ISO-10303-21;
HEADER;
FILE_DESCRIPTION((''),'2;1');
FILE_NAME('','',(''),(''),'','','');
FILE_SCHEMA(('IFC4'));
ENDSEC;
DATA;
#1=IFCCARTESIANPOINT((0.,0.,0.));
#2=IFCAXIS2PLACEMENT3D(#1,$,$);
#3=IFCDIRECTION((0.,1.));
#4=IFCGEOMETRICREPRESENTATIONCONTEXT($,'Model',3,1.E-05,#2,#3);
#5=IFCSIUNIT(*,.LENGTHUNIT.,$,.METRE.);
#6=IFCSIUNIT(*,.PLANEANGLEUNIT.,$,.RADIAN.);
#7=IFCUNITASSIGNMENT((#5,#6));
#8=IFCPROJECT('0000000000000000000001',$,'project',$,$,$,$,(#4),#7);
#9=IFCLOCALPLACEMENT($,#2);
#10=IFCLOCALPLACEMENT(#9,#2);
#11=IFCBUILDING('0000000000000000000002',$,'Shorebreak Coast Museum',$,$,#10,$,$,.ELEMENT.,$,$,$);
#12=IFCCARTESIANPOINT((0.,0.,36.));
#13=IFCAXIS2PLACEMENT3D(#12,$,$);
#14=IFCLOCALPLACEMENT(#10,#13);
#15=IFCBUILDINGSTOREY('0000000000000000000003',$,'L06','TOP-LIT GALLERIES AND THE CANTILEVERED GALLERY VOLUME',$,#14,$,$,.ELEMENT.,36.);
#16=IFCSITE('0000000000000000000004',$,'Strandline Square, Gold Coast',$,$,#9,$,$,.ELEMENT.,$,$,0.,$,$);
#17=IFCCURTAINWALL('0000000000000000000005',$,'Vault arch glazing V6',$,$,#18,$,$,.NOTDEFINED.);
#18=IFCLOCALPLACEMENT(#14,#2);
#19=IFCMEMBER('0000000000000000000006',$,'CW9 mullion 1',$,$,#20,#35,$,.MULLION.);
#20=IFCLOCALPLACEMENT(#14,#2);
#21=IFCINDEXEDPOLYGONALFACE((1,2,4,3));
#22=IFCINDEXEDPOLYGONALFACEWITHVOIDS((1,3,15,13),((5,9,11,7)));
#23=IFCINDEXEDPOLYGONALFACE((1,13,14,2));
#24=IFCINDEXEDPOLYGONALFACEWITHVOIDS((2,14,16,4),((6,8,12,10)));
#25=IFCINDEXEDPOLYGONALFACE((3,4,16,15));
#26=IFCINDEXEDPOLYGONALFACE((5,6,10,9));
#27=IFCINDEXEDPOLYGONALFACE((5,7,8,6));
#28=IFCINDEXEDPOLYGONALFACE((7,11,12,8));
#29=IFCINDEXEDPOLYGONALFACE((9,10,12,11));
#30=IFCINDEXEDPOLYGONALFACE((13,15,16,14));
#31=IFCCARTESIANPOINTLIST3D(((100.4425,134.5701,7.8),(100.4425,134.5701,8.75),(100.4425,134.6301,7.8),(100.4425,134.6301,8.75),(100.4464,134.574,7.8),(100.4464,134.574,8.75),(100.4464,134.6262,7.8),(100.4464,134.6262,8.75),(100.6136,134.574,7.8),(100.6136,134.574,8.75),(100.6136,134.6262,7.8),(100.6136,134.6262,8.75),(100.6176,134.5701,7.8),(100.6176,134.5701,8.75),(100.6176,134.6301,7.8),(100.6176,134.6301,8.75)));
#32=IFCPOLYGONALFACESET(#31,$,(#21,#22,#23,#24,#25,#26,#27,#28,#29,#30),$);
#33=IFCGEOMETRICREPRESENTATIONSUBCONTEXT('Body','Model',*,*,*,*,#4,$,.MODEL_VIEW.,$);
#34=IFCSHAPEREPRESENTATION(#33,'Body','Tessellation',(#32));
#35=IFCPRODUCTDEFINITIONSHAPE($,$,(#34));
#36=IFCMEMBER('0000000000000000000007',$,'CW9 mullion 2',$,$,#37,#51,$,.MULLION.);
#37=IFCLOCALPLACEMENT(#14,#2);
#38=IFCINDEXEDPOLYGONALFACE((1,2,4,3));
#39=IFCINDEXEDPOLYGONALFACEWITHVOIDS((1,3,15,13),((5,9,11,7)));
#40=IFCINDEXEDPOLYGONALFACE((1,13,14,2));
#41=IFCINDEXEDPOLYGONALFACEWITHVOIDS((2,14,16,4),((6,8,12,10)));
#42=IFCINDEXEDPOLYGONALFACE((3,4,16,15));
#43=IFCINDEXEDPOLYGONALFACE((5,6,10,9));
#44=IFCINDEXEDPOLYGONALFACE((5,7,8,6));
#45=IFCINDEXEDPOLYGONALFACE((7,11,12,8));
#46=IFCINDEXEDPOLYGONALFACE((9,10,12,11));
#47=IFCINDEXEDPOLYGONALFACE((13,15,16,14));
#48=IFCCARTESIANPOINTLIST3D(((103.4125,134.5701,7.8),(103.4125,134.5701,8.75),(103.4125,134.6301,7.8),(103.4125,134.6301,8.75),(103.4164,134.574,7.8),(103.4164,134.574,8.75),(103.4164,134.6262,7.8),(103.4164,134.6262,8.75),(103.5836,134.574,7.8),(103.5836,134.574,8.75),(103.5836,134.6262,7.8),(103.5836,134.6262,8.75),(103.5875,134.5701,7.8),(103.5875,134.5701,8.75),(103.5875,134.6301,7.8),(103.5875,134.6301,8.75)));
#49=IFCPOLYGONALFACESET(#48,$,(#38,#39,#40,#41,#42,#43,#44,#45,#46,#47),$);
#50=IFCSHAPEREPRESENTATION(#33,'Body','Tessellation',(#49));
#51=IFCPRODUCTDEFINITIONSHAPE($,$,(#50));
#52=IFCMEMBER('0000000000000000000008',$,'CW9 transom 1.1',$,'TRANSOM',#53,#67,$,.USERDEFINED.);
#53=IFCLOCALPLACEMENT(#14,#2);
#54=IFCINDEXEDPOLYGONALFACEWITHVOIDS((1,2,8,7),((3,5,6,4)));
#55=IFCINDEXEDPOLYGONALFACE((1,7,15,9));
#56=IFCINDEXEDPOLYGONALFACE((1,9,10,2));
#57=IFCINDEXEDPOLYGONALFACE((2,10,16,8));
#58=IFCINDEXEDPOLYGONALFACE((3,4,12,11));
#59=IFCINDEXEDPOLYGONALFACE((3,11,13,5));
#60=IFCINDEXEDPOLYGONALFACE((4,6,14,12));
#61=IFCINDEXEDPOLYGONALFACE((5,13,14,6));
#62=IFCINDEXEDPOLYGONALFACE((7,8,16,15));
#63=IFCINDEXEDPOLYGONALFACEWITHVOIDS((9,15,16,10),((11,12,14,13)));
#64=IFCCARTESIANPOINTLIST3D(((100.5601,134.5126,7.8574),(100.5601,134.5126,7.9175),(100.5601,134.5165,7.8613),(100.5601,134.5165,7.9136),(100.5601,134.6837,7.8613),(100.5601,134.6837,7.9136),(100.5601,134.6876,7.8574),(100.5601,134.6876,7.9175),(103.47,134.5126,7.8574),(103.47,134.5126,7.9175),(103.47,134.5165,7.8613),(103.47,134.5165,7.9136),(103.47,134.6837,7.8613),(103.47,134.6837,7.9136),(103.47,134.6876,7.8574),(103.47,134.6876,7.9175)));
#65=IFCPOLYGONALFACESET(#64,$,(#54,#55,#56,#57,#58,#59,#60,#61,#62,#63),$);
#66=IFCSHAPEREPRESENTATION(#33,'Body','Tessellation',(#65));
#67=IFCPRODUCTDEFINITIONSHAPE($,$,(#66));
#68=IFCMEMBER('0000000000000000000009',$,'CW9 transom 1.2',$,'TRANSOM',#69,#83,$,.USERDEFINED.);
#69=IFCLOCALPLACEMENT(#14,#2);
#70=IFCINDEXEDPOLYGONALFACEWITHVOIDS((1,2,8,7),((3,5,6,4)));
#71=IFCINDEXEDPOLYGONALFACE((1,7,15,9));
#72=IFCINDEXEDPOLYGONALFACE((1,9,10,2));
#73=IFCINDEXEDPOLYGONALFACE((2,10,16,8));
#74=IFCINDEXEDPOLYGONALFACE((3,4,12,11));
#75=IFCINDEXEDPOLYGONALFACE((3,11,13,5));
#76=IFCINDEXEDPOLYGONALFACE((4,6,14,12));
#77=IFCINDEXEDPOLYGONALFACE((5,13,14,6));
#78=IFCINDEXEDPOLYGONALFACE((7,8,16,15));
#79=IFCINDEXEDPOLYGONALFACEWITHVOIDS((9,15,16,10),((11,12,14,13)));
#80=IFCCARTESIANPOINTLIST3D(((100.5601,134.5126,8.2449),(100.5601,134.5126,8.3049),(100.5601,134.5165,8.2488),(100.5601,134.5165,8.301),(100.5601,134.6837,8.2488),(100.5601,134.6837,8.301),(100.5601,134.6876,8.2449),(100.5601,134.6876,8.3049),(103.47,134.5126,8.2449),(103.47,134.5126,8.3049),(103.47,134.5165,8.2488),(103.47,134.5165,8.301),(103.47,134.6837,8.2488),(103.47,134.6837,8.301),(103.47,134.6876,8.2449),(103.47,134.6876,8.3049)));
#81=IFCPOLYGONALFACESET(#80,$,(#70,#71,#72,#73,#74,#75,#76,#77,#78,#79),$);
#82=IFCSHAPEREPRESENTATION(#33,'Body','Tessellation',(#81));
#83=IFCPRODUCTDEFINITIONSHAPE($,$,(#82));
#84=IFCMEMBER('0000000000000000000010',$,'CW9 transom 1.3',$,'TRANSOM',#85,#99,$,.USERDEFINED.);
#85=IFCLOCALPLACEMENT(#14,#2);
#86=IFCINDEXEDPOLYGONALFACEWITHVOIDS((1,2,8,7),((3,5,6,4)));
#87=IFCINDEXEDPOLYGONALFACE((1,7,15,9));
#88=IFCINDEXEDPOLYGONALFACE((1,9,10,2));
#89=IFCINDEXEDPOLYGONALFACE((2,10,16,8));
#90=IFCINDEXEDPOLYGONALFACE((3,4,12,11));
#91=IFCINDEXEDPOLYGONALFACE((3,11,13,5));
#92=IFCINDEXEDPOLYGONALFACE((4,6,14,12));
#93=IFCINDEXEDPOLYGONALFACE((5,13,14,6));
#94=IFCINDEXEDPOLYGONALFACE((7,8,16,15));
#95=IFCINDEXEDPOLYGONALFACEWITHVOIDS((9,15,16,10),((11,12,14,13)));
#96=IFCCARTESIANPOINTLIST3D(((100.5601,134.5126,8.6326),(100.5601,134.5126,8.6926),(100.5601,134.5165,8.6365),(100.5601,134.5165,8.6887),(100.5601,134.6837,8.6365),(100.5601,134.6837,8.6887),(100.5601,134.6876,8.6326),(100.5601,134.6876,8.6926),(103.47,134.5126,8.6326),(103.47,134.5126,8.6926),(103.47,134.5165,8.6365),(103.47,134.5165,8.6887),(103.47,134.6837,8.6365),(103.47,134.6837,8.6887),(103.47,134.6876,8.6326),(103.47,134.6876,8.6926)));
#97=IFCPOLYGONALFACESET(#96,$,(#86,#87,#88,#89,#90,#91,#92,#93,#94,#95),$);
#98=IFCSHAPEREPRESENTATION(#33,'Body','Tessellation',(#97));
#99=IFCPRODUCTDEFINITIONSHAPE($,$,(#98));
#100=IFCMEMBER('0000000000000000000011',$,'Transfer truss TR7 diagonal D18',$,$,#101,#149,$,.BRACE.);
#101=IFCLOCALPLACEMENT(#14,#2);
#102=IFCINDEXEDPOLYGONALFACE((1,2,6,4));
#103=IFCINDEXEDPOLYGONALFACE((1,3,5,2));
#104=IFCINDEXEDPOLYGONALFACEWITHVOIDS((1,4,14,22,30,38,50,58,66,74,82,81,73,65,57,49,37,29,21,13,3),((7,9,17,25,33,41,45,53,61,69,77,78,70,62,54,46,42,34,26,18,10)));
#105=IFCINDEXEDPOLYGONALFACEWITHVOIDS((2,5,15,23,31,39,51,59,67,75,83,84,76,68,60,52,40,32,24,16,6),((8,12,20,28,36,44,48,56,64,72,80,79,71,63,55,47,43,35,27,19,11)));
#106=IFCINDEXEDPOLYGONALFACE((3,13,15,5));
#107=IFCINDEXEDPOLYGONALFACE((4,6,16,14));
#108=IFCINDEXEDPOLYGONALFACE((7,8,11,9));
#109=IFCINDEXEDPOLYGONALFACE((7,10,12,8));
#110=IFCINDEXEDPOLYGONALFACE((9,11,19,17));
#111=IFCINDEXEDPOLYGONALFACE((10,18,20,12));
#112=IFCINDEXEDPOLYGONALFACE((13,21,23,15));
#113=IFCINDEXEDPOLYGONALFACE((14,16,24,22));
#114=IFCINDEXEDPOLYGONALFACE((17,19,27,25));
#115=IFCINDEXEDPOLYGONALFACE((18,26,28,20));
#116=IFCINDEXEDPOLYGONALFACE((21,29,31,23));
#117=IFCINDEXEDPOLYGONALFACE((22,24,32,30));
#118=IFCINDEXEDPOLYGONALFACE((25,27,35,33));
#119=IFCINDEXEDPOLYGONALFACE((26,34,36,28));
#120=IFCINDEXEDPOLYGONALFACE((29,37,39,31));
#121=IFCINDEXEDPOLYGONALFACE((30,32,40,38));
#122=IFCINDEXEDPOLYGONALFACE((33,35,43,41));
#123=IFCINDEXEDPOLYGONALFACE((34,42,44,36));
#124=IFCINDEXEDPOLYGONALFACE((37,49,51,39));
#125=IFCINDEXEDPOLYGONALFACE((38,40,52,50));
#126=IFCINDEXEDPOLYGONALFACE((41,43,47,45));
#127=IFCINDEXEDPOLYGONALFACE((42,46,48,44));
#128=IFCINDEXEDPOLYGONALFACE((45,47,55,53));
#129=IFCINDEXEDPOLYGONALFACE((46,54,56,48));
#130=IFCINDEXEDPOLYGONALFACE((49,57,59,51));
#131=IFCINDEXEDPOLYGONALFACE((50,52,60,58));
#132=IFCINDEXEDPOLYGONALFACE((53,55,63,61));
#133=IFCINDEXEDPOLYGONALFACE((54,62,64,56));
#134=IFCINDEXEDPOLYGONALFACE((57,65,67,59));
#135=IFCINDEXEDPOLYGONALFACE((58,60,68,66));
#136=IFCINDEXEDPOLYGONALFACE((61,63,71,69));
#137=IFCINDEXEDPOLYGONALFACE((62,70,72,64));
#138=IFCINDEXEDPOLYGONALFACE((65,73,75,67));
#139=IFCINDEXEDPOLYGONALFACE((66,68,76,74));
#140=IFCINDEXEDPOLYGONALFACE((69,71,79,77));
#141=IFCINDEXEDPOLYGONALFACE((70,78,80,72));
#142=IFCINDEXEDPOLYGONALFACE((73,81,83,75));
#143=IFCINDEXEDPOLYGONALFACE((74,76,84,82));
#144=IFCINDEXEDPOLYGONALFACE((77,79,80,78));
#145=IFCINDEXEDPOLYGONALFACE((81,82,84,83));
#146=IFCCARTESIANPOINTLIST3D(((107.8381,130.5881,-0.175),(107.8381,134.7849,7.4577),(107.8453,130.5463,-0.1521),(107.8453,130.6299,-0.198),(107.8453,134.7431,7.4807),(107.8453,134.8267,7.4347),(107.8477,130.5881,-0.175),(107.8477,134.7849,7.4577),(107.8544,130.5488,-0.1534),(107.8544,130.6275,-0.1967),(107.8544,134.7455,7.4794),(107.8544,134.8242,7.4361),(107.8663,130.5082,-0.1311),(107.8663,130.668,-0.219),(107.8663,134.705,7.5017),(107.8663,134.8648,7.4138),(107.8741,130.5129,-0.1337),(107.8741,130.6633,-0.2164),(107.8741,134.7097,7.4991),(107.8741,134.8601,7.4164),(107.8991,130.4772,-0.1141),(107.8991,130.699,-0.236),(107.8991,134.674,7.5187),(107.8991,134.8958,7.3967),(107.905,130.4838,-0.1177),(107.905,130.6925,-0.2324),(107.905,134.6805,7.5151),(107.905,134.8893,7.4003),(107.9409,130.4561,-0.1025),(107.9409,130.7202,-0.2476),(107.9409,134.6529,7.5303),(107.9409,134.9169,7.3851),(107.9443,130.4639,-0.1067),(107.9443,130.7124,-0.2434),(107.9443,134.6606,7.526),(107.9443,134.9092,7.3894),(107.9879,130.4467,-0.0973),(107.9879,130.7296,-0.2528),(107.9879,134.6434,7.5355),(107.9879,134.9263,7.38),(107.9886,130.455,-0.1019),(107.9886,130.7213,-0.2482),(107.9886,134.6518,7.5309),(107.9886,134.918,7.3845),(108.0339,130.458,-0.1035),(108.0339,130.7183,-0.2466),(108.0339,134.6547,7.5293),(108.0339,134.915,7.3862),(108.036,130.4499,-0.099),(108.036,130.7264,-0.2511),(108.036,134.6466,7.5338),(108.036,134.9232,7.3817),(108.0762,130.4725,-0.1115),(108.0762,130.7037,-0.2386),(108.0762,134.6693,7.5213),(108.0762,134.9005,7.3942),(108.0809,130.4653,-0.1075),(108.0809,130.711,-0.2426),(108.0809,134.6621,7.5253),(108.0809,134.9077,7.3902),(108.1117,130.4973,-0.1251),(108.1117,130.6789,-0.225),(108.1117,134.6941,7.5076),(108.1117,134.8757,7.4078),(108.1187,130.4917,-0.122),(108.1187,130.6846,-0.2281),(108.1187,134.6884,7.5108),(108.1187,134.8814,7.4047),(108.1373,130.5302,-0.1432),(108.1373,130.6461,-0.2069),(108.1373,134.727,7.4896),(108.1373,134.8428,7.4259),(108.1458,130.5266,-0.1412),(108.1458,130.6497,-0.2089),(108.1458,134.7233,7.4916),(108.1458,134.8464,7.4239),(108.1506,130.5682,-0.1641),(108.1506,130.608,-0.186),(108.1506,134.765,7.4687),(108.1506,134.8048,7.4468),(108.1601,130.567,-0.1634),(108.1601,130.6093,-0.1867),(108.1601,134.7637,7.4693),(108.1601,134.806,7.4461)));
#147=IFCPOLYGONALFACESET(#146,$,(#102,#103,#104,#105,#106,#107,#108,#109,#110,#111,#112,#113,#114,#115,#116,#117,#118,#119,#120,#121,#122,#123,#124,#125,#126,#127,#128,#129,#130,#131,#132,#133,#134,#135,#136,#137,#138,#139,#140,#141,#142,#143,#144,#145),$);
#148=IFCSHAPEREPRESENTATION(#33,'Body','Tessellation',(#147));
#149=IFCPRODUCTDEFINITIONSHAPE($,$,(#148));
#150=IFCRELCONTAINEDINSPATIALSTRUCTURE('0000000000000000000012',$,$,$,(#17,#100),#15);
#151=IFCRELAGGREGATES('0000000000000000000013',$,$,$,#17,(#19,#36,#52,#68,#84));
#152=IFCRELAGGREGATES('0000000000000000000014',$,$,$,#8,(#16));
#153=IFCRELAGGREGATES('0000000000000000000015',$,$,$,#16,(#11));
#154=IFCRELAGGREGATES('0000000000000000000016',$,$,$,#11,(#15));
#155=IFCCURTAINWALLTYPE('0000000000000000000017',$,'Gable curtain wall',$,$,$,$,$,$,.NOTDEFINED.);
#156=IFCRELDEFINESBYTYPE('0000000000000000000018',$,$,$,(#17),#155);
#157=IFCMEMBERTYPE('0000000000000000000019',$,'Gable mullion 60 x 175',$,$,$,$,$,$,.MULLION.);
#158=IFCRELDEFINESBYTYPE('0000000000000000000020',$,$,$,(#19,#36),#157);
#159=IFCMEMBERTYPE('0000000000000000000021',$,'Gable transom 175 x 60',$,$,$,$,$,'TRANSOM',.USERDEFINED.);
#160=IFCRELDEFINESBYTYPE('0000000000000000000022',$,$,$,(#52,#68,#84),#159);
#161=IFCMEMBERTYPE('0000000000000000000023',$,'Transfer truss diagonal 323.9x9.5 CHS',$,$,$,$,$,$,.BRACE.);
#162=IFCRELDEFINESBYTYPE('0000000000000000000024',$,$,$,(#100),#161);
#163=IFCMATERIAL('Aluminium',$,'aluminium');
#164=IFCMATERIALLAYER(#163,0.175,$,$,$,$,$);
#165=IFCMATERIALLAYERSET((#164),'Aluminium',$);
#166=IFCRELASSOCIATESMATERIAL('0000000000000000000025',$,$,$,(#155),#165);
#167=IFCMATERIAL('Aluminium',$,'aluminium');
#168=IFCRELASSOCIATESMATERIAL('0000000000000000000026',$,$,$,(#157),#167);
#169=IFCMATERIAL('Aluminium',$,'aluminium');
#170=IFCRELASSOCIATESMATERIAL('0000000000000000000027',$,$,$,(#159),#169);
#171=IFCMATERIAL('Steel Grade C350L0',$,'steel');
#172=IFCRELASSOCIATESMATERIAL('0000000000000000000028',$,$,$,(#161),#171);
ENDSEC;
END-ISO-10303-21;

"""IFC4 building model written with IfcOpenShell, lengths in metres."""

from ifc_helpers import new_model, si_unit, direction, frame, origin, origin_2d, place, context, subcontext, project, spatial, hollow_rectangle, hollow_circle, extrude, material, layer, layer_set, material_profile, profile_set, type_object, element, aggregate, save


model = new_model("IFC4")

# Units and contexts
model_context = context("Model", 3, precision=1e-05, world=origin(), true_north=direction((0.0, 1.0)))
body_context = subcontext(model_context, "Body", "Model", "MODEL_VIEW")
ifc_project = project(units=[si_unit("LENGTHUNIT", "METRE"), si_unit("PLANEANGLEUNIT", "RADIAN")], contexts=[model_context])

# Site, building, storey
site_placement = place(None, origin())
site = spatial("IfcSite", under=ifc_project, at=site_placement, Name="Strandline Square, Gold Coast", CompositionType="ELEMENT", RefElevation=0.0)
building_placement = place(site_placement, origin())
building = spatial("IfcBuilding", under=site, at=building_placement, Name="Shorebreak Coast Museum", CompositionType="ELEMENT")
storey_placement = place(building_placement, frame((0.0, 0.0, 36.0)))
storey = spatial("IfcBuildingStorey", under=building, at=storey_placement, Name="L06", Description="TOP-LIT GALLERIES AND THE CANTILEVERED GALLERY VOLUME", CompositionType="ELEMENT", Elevation=36.0)

# Curtain wall, members
ifc_material_1 = material(Name="Aluminium", Category="aluminium")
ifc_layer_1 = layer(ifc_material_1, 0.175)
ifc_layer_set_1 = layer_set([ifc_layer_1], Name="Aluminium")
curtain_wall_type_1 = type_object("IfcCurtainWallType", Name="Gable curtain wall", PredefinedType="NOTDEFINED", material=ifc_layer_set_1)
curtain_wall_1_placement = place(storey_placement, origin())
curtain_wall_1 = element("IfcCurtainWall", 1, at=curtain_wall_1_placement, inside=storey, type_object=curtain_wall_type_1, Name="Vault arch glazing V6", PredefinedType="NOTDEFINED")
ifc_material_2 = material(Name="Aluminium", Category="aluminium")
ifc_material_profile_1 = material_profile(ifc_material_2, hollow_rectangle(XDim=0.0601, YDim=0.175, WallThickness=0.0039, at=origin_2d()), Name="AL 175x60 RHS")
ifc_profile_set_1 = profile_set([ifc_material_profile_1], Name="Aluminium")
member_type_1 = type_object("IfcMemberType", Name="Gable mullion 60 x 175", PredefinedType="MULLION", material=ifc_profile_set_1)
member_1_placement = place(storey_placement, frame((100.53, 134.6001, 7.8), z_axis=(0.0, 0.0, 1.0), x_axis=(0.0, 1.0, 0.0)))
member_1 = element("IfcMember", 2, at=member_1_placement, type_object=member_type_1, Name="CW9 mullion 1", PredefinedType="MULLION", context=body_context, shape_type="SweptSolid", body=[
    extrude(hollow_rectangle(XDim=0.0601, YDim=0.175, WallThickness=0.0039, at=origin_2d()), origin(), (0.0, 0.0, 1.0), 0.95),
])
member_2_placement = place(storey_placement, frame((103.5, 134.6001, 7.8), z_axis=(0.0, 0.0, 1.0), x_axis=(0.0, 1.0, 0.0)))
member_2 = element("IfcMember", 3, at=member_2_placement, type_object=member_type_1, Name="CW9 mullion 2", PredefinedType="MULLION", context=body_context, shape_type="SweptSolid", body=[
    extrude(hollow_rectangle(XDim=0.0601, YDim=0.175, WallThickness=0.0039, at=origin_2d()), origin(), (0.0, 0.0, 1.0), 0.95),
])
ifc_material_3 = material(Name="Aluminium", Category="aluminium")
ifc_material_profile_2 = material_profile(ifc_material_3, hollow_rectangle(XDim=0.175, YDim=0.0601, WallThickness=0.0039, at=origin_2d()), Name="AL 60x175 RHS")
ifc_profile_set_2 = profile_set([ifc_material_profile_2], Name="Aluminium")
member_type_2 = type_object("IfcMemberType", Name="Gable transom 175 x 60", ElementType="TRANSOM", PredefinedType="USERDEFINED", material=ifc_profile_set_2)
member_3_placement = place(storey_placement, frame((100.5601, 134.6001, 7.8875), z_axis=(1.0, 0.0, 0.0), x_axis=(0.0, 1.0, 0.0)))
member_3 = element("IfcMember", 4, at=member_3_placement, type_object=member_type_2, Name="CW9 transom 1.1", ObjectType="TRANSOM", PredefinedType="USERDEFINED", context=body_context, shape_type="SweptSolid", body=[
    extrude(hollow_rectangle(XDim=0.175, YDim=0.0601, WallThickness=0.0039, at=origin_2d()), origin(), (0.0, 0.0, 1.0), 2.9099),
])
member_4_placement = place(storey_placement, frame((100.5601, 134.6001, 8.2749), z_axis=(1.0, 0.0, 0.0), x_axis=(0.0, 1.0, 0.0)))
member_4 = element("IfcMember", 5, at=member_4_placement, type_object=member_type_2, Name="CW9 transom 1.2", ObjectType="TRANSOM", PredefinedType="USERDEFINED", context=body_context, shape_type="SweptSolid", body=[
    extrude(hollow_rectangle(XDim=0.175, YDim=0.0601, WallThickness=0.0039, at=origin_2d()), origin(), (0.0, 0.0, 1.0), 2.9099),
])
member_5_placement = place(storey_placement, frame((100.5601, 134.6001, 8.6626), z_axis=(1.0, 0.0, 0.0), x_axis=(0.0, 1.0, 0.0)))
member_5 = element("IfcMember", 6, at=member_5_placement, type_object=member_type_2, Name="CW9 transom 1.3", ObjectType="TRANSOM", PredefinedType="USERDEFINED", context=body_context, shape_type="SweptSolid", body=[
    extrude(hollow_rectangle(XDim=0.175, YDim=0.0601, WallThickness=0.0039, at=origin_2d()), origin(), (0.0, 0.0, 1.0), 2.9099),
])

# Member
ifc_material_4 = material(Name="Steel Grade C350L0", Category="steel")
ifc_material_profile_3 = material_profile(ifc_material_4, hollow_circle(Radius=0.1619, WallThickness=0.0095, at=origin_2d()), Name="323.9x9.5 CHS")
ifc_profile_set_3 = profile_set([ifc_material_profile_3], Name="Steel Grade C350L0")
member_type_3 = type_object("IfcMemberType", Name="Transfer truss diagonal 323.9x9.5 CHS", PredefinedType="BRACE", material=ifc_profile_set_3)
member_6_placement = place(storey_placement, frame((108.0, 130.5881, -0.175), z_axis=(0.0, 0.481807, 0.876277), x_axis=(-1.0, 0.0, 0.0)))
element("IfcMember", 7, at=member_6_placement, inside=storey, type_object=member_type_3, Name="Transfer truss TR7 diagonal D18", PredefinedType="BRACE", context=body_context, shape_type="SweptSolid", body=[
    extrude(hollow_circle(Radius=0.1619, WallThickness=0.0095, at=origin_2d()), origin(), (0.0, 0.0, 1.0), 8.7104),
])

aggregate(curtain_wall_1, [member_1, member_2, member_3, member_4, member_5])

save(model, "model.ifc")
